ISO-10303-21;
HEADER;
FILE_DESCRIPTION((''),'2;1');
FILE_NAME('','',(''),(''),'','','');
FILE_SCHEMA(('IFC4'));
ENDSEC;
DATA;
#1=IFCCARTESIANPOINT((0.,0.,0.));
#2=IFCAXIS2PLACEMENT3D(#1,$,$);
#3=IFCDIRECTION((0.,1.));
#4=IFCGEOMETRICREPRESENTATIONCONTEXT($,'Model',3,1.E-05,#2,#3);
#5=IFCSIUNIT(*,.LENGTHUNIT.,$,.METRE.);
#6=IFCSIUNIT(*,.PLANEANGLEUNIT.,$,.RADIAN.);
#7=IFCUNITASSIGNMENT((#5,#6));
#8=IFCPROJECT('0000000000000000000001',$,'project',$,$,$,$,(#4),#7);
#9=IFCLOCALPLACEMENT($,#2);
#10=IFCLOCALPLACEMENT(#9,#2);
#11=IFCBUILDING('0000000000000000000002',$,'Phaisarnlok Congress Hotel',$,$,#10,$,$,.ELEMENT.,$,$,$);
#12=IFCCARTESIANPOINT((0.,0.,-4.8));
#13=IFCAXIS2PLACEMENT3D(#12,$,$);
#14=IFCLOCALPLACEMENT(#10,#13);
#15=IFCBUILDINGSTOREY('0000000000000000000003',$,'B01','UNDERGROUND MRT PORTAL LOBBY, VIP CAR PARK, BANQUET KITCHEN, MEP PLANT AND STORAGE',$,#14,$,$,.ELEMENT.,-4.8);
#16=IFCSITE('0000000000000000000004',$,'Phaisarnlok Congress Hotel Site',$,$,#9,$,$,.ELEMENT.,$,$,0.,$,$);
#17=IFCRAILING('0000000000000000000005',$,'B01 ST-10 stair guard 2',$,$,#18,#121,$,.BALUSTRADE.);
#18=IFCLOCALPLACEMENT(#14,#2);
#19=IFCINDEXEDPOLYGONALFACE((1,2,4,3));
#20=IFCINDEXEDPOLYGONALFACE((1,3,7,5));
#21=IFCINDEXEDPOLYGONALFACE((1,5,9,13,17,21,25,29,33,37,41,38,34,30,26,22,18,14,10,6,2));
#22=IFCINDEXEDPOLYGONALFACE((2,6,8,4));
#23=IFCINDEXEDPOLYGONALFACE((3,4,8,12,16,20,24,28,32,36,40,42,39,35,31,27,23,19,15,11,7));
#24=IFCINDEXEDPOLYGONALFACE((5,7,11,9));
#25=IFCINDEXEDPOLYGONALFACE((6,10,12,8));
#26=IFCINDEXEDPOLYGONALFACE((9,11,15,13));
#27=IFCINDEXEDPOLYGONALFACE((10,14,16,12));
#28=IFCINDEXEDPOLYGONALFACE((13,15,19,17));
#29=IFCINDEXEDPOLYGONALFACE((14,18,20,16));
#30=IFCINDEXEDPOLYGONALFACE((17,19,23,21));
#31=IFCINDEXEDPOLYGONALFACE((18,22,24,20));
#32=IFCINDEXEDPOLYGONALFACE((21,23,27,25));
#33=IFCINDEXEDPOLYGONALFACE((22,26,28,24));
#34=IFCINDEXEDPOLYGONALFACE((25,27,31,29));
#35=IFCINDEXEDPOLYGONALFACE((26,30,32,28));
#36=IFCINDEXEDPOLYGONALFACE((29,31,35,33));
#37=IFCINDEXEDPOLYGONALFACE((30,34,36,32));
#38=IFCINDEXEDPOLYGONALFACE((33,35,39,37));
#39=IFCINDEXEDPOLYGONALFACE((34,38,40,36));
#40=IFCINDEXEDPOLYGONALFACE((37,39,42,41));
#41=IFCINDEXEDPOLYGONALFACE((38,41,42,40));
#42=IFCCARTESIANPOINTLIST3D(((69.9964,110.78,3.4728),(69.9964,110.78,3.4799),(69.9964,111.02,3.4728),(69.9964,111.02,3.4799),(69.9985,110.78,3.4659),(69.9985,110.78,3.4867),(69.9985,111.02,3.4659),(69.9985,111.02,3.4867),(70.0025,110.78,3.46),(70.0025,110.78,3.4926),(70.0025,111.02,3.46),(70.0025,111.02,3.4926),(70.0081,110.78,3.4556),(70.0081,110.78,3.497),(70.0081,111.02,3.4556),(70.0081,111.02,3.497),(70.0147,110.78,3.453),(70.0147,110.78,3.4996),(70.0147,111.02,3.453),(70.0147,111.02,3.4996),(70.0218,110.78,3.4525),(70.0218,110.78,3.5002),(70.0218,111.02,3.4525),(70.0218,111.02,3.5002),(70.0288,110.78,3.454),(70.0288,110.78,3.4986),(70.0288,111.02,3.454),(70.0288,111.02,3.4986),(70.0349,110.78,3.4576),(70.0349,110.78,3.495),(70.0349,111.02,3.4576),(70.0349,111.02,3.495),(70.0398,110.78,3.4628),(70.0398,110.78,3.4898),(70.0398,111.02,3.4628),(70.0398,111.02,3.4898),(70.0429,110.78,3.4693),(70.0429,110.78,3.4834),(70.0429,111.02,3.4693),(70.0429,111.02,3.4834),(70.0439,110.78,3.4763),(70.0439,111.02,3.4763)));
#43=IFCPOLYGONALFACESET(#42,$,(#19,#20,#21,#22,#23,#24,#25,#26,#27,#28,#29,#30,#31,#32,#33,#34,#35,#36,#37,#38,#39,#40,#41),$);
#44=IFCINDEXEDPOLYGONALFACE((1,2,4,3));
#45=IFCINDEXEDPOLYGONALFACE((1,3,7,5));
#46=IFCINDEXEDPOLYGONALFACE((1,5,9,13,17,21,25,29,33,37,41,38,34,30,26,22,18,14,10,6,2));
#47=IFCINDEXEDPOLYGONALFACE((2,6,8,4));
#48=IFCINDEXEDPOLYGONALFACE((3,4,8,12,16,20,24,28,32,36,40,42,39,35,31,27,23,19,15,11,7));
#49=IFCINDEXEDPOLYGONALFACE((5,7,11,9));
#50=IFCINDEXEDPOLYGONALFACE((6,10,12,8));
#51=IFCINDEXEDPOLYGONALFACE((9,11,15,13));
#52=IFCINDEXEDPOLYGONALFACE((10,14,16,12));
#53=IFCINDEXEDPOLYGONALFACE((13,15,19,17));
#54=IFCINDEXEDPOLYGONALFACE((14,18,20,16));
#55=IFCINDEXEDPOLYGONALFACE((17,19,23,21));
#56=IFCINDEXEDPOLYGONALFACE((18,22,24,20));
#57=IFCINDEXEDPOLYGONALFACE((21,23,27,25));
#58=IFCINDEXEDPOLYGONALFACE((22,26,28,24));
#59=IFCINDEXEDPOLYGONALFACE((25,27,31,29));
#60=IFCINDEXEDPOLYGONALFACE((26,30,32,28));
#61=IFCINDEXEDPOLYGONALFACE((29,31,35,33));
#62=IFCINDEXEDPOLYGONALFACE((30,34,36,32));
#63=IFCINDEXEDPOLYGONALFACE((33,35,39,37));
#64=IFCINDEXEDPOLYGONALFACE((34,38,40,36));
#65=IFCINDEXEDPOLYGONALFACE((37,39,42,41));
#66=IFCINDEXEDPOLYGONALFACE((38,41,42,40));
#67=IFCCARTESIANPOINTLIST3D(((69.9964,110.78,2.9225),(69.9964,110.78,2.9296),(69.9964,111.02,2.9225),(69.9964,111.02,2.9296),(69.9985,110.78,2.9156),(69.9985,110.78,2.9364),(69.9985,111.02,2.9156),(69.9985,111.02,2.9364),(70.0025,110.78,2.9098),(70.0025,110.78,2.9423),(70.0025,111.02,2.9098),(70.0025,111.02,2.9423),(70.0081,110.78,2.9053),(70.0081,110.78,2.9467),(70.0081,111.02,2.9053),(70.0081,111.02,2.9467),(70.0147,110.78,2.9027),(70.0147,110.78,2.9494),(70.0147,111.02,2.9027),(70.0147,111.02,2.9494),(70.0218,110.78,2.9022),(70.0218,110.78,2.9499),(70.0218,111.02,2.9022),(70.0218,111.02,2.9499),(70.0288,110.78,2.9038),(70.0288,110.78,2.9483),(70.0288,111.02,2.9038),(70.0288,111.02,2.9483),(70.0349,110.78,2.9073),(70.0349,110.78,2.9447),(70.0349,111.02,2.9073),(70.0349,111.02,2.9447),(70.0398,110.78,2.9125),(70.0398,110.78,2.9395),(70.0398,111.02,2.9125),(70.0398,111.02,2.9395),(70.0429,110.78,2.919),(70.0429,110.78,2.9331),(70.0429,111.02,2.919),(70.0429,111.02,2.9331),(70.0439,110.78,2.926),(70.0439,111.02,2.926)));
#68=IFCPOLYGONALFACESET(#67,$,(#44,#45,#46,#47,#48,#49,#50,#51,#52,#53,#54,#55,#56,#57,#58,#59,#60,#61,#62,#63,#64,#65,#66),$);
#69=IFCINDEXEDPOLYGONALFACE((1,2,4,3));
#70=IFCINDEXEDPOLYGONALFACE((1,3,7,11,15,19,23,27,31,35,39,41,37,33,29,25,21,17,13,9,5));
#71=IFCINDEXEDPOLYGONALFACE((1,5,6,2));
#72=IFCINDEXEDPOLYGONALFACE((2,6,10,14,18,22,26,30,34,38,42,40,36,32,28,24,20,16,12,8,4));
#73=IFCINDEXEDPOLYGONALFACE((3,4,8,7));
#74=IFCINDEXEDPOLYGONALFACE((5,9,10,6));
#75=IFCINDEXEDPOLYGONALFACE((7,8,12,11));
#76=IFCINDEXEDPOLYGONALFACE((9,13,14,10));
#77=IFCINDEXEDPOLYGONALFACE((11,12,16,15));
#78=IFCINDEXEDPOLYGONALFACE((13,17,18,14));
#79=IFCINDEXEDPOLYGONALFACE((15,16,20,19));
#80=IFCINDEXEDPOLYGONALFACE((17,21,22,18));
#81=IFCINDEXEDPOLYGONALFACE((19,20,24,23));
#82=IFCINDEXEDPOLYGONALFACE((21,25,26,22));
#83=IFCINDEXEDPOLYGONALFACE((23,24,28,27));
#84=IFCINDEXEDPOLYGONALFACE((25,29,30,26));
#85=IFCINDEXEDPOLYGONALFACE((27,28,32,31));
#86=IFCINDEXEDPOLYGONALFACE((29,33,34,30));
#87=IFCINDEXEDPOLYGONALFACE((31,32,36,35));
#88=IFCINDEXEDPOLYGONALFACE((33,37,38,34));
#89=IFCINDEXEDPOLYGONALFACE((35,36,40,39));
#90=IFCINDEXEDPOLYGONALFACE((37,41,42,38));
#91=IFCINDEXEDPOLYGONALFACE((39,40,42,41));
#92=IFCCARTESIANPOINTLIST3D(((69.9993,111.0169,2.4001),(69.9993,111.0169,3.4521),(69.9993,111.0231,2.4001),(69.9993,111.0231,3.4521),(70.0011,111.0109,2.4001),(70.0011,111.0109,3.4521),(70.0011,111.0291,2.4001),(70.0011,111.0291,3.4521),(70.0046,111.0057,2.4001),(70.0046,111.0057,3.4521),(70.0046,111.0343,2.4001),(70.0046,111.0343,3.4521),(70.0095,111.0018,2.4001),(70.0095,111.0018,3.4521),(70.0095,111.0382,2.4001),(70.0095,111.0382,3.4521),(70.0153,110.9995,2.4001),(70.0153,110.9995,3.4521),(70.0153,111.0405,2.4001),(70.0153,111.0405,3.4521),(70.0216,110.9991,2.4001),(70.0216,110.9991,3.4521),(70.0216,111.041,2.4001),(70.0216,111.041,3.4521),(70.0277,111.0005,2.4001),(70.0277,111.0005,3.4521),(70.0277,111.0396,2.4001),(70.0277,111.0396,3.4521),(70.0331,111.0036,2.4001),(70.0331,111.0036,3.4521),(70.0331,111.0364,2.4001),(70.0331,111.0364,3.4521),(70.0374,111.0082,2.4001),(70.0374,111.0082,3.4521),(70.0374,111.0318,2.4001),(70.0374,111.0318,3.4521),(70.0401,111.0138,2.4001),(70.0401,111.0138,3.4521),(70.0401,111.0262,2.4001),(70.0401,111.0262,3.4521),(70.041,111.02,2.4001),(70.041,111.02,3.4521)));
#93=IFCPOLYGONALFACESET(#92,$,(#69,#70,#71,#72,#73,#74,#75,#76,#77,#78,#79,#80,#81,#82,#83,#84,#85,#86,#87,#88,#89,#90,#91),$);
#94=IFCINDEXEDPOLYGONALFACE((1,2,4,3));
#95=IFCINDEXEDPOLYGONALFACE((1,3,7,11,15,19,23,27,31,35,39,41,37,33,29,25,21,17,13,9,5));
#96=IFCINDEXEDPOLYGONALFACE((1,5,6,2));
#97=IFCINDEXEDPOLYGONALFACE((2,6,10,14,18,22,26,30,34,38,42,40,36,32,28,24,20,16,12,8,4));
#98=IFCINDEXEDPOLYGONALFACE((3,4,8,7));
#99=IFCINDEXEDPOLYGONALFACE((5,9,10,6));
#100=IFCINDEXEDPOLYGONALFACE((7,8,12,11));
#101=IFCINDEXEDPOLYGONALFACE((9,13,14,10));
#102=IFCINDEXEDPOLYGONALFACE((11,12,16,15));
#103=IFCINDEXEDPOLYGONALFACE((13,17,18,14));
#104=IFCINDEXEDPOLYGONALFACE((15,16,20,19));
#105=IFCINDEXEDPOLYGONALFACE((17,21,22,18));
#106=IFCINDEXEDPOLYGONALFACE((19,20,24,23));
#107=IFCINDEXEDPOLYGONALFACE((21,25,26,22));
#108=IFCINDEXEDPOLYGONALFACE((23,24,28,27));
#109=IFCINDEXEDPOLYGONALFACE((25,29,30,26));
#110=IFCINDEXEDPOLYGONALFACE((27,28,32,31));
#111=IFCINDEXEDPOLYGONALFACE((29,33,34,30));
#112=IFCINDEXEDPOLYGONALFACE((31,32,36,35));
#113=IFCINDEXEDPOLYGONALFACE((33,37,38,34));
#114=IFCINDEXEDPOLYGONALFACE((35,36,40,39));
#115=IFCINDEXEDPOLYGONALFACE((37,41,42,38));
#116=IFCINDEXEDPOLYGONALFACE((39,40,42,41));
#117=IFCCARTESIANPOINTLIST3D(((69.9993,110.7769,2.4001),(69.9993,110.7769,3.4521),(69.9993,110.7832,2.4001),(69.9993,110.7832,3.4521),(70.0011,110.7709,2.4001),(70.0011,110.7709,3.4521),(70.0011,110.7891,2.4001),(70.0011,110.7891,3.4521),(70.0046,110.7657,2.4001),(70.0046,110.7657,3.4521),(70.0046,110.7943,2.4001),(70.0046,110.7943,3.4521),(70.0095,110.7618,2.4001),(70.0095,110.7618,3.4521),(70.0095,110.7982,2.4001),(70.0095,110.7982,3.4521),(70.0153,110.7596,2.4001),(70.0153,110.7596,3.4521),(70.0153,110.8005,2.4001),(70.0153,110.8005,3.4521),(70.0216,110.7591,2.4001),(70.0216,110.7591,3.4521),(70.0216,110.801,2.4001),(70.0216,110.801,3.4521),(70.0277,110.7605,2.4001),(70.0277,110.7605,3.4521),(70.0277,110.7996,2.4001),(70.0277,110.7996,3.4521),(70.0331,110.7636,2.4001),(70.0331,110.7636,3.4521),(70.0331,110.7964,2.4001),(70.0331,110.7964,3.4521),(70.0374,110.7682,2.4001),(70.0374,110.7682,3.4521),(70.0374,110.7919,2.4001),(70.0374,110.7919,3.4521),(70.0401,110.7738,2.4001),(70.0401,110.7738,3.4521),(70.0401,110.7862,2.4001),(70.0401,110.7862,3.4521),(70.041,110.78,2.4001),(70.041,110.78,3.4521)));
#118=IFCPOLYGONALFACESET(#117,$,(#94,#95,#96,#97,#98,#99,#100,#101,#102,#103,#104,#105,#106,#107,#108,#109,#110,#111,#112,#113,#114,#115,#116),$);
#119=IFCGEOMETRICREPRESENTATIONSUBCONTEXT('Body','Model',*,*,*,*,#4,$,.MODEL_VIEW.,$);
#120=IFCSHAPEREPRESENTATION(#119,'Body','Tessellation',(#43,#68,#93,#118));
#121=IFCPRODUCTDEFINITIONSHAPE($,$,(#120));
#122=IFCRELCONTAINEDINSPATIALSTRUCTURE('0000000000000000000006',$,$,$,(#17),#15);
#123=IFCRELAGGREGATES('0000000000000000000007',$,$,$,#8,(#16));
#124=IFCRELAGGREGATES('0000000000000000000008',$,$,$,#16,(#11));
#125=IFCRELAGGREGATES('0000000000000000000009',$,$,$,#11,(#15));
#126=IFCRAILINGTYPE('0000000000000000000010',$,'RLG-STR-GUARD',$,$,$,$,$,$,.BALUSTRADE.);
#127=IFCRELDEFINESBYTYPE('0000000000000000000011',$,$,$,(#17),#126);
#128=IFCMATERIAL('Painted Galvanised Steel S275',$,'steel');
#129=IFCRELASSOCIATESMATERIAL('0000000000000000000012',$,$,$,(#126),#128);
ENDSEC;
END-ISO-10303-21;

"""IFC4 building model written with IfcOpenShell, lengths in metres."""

from ifc_helpers import new_model, si_unit, direction, frame, origin, origin_2d, place, context, subcontext, project, spatial, circle, extrude, material, type_object, element, save


model = new_model("IFC4")

# Units and contexts
model_context = context("Model", 3, precision=1e-05, world=origin(), true_north=direction((0.0, 1.0)))
body_context = subcontext(model_context, "Body", "Model", "MODEL_VIEW")
ifc_project = project(units=[si_unit("LENGTHUNIT", "METRE"), si_unit("PLANEANGLEUNIT", "RADIAN")], contexts=[model_context])

# Site, building, storey
site_placement = place(None, origin())
site = spatial("IfcSite", under=ifc_project, at=site_placement, Name="Phaisarnlok Congress Hotel Site", CompositionType="ELEMENT", RefElevation=0.0)
building_placement = place(site_placement, origin())
building = spatial("IfcBuilding", under=site, at=building_placement, Name="Phaisarnlok Congress Hotel", CompositionType="ELEMENT")
storey_placement = place(building_placement, frame((0.0, 0.0, -4.8)))
storey = spatial("IfcBuildingStorey", under=building, at=storey_placement, Name="B01", Description="UNDERGROUND MRT PORTAL LOBBY, VIP CAR PARK, BANQUET KITCHEN, MEP PLANT AND STORAGE", CompositionType="ELEMENT", Elevation=-4.8)

# Railing
ifc_material_1 = material(Name="Painted Galvanised Steel S275", Category="steel")
railing_type_1 = type_object("IfcRailingType", Name="RLG-STR-GUARD", PredefinedType="BALUSTRADE", material=ifc_material_1)
railing_1_placement = place(storey_placement, frame((70.02, 111.02, 2.4001)))
element("IfcRailing", 1, at=railing_1_placement, inside=storey, type_object=railing_type_1, Name="B01 ST-10 stair guard 2", PredefinedType="BALUSTRADE", context=body_context, shape_type="SweptSolid", body=[
    extrude(circle(Radius=0.0239, at=origin_2d()), frame((0.0, 0.0, 1.0762), z_axis=(0.0, -1.0, 0.0), x_axis=(1.0, 0.0, 0.0)), (0.0, 0.0, 1.0), 0.24),
    extrude(circle(Radius=0.0239, at=origin_2d()), frame((0.0, 0.0, 0.5259), z_axis=(0.0, -1.0, 0.0), x_axis=(1.0, 0.0, 0.0)), (0.0, 0.0, 1.0), 0.24),
    extrude(circle(Radius=0.021, at=origin_2d()), origin(), (0.0, 0.0, 1.0), 1.052),
    extrude(circle(Radius=0.021, at=origin_2d()), frame((0.0, -0.24, 0.0)), (0.0, 0.0, 1.0), 1.052),
])

save(model, "model.ifc")
